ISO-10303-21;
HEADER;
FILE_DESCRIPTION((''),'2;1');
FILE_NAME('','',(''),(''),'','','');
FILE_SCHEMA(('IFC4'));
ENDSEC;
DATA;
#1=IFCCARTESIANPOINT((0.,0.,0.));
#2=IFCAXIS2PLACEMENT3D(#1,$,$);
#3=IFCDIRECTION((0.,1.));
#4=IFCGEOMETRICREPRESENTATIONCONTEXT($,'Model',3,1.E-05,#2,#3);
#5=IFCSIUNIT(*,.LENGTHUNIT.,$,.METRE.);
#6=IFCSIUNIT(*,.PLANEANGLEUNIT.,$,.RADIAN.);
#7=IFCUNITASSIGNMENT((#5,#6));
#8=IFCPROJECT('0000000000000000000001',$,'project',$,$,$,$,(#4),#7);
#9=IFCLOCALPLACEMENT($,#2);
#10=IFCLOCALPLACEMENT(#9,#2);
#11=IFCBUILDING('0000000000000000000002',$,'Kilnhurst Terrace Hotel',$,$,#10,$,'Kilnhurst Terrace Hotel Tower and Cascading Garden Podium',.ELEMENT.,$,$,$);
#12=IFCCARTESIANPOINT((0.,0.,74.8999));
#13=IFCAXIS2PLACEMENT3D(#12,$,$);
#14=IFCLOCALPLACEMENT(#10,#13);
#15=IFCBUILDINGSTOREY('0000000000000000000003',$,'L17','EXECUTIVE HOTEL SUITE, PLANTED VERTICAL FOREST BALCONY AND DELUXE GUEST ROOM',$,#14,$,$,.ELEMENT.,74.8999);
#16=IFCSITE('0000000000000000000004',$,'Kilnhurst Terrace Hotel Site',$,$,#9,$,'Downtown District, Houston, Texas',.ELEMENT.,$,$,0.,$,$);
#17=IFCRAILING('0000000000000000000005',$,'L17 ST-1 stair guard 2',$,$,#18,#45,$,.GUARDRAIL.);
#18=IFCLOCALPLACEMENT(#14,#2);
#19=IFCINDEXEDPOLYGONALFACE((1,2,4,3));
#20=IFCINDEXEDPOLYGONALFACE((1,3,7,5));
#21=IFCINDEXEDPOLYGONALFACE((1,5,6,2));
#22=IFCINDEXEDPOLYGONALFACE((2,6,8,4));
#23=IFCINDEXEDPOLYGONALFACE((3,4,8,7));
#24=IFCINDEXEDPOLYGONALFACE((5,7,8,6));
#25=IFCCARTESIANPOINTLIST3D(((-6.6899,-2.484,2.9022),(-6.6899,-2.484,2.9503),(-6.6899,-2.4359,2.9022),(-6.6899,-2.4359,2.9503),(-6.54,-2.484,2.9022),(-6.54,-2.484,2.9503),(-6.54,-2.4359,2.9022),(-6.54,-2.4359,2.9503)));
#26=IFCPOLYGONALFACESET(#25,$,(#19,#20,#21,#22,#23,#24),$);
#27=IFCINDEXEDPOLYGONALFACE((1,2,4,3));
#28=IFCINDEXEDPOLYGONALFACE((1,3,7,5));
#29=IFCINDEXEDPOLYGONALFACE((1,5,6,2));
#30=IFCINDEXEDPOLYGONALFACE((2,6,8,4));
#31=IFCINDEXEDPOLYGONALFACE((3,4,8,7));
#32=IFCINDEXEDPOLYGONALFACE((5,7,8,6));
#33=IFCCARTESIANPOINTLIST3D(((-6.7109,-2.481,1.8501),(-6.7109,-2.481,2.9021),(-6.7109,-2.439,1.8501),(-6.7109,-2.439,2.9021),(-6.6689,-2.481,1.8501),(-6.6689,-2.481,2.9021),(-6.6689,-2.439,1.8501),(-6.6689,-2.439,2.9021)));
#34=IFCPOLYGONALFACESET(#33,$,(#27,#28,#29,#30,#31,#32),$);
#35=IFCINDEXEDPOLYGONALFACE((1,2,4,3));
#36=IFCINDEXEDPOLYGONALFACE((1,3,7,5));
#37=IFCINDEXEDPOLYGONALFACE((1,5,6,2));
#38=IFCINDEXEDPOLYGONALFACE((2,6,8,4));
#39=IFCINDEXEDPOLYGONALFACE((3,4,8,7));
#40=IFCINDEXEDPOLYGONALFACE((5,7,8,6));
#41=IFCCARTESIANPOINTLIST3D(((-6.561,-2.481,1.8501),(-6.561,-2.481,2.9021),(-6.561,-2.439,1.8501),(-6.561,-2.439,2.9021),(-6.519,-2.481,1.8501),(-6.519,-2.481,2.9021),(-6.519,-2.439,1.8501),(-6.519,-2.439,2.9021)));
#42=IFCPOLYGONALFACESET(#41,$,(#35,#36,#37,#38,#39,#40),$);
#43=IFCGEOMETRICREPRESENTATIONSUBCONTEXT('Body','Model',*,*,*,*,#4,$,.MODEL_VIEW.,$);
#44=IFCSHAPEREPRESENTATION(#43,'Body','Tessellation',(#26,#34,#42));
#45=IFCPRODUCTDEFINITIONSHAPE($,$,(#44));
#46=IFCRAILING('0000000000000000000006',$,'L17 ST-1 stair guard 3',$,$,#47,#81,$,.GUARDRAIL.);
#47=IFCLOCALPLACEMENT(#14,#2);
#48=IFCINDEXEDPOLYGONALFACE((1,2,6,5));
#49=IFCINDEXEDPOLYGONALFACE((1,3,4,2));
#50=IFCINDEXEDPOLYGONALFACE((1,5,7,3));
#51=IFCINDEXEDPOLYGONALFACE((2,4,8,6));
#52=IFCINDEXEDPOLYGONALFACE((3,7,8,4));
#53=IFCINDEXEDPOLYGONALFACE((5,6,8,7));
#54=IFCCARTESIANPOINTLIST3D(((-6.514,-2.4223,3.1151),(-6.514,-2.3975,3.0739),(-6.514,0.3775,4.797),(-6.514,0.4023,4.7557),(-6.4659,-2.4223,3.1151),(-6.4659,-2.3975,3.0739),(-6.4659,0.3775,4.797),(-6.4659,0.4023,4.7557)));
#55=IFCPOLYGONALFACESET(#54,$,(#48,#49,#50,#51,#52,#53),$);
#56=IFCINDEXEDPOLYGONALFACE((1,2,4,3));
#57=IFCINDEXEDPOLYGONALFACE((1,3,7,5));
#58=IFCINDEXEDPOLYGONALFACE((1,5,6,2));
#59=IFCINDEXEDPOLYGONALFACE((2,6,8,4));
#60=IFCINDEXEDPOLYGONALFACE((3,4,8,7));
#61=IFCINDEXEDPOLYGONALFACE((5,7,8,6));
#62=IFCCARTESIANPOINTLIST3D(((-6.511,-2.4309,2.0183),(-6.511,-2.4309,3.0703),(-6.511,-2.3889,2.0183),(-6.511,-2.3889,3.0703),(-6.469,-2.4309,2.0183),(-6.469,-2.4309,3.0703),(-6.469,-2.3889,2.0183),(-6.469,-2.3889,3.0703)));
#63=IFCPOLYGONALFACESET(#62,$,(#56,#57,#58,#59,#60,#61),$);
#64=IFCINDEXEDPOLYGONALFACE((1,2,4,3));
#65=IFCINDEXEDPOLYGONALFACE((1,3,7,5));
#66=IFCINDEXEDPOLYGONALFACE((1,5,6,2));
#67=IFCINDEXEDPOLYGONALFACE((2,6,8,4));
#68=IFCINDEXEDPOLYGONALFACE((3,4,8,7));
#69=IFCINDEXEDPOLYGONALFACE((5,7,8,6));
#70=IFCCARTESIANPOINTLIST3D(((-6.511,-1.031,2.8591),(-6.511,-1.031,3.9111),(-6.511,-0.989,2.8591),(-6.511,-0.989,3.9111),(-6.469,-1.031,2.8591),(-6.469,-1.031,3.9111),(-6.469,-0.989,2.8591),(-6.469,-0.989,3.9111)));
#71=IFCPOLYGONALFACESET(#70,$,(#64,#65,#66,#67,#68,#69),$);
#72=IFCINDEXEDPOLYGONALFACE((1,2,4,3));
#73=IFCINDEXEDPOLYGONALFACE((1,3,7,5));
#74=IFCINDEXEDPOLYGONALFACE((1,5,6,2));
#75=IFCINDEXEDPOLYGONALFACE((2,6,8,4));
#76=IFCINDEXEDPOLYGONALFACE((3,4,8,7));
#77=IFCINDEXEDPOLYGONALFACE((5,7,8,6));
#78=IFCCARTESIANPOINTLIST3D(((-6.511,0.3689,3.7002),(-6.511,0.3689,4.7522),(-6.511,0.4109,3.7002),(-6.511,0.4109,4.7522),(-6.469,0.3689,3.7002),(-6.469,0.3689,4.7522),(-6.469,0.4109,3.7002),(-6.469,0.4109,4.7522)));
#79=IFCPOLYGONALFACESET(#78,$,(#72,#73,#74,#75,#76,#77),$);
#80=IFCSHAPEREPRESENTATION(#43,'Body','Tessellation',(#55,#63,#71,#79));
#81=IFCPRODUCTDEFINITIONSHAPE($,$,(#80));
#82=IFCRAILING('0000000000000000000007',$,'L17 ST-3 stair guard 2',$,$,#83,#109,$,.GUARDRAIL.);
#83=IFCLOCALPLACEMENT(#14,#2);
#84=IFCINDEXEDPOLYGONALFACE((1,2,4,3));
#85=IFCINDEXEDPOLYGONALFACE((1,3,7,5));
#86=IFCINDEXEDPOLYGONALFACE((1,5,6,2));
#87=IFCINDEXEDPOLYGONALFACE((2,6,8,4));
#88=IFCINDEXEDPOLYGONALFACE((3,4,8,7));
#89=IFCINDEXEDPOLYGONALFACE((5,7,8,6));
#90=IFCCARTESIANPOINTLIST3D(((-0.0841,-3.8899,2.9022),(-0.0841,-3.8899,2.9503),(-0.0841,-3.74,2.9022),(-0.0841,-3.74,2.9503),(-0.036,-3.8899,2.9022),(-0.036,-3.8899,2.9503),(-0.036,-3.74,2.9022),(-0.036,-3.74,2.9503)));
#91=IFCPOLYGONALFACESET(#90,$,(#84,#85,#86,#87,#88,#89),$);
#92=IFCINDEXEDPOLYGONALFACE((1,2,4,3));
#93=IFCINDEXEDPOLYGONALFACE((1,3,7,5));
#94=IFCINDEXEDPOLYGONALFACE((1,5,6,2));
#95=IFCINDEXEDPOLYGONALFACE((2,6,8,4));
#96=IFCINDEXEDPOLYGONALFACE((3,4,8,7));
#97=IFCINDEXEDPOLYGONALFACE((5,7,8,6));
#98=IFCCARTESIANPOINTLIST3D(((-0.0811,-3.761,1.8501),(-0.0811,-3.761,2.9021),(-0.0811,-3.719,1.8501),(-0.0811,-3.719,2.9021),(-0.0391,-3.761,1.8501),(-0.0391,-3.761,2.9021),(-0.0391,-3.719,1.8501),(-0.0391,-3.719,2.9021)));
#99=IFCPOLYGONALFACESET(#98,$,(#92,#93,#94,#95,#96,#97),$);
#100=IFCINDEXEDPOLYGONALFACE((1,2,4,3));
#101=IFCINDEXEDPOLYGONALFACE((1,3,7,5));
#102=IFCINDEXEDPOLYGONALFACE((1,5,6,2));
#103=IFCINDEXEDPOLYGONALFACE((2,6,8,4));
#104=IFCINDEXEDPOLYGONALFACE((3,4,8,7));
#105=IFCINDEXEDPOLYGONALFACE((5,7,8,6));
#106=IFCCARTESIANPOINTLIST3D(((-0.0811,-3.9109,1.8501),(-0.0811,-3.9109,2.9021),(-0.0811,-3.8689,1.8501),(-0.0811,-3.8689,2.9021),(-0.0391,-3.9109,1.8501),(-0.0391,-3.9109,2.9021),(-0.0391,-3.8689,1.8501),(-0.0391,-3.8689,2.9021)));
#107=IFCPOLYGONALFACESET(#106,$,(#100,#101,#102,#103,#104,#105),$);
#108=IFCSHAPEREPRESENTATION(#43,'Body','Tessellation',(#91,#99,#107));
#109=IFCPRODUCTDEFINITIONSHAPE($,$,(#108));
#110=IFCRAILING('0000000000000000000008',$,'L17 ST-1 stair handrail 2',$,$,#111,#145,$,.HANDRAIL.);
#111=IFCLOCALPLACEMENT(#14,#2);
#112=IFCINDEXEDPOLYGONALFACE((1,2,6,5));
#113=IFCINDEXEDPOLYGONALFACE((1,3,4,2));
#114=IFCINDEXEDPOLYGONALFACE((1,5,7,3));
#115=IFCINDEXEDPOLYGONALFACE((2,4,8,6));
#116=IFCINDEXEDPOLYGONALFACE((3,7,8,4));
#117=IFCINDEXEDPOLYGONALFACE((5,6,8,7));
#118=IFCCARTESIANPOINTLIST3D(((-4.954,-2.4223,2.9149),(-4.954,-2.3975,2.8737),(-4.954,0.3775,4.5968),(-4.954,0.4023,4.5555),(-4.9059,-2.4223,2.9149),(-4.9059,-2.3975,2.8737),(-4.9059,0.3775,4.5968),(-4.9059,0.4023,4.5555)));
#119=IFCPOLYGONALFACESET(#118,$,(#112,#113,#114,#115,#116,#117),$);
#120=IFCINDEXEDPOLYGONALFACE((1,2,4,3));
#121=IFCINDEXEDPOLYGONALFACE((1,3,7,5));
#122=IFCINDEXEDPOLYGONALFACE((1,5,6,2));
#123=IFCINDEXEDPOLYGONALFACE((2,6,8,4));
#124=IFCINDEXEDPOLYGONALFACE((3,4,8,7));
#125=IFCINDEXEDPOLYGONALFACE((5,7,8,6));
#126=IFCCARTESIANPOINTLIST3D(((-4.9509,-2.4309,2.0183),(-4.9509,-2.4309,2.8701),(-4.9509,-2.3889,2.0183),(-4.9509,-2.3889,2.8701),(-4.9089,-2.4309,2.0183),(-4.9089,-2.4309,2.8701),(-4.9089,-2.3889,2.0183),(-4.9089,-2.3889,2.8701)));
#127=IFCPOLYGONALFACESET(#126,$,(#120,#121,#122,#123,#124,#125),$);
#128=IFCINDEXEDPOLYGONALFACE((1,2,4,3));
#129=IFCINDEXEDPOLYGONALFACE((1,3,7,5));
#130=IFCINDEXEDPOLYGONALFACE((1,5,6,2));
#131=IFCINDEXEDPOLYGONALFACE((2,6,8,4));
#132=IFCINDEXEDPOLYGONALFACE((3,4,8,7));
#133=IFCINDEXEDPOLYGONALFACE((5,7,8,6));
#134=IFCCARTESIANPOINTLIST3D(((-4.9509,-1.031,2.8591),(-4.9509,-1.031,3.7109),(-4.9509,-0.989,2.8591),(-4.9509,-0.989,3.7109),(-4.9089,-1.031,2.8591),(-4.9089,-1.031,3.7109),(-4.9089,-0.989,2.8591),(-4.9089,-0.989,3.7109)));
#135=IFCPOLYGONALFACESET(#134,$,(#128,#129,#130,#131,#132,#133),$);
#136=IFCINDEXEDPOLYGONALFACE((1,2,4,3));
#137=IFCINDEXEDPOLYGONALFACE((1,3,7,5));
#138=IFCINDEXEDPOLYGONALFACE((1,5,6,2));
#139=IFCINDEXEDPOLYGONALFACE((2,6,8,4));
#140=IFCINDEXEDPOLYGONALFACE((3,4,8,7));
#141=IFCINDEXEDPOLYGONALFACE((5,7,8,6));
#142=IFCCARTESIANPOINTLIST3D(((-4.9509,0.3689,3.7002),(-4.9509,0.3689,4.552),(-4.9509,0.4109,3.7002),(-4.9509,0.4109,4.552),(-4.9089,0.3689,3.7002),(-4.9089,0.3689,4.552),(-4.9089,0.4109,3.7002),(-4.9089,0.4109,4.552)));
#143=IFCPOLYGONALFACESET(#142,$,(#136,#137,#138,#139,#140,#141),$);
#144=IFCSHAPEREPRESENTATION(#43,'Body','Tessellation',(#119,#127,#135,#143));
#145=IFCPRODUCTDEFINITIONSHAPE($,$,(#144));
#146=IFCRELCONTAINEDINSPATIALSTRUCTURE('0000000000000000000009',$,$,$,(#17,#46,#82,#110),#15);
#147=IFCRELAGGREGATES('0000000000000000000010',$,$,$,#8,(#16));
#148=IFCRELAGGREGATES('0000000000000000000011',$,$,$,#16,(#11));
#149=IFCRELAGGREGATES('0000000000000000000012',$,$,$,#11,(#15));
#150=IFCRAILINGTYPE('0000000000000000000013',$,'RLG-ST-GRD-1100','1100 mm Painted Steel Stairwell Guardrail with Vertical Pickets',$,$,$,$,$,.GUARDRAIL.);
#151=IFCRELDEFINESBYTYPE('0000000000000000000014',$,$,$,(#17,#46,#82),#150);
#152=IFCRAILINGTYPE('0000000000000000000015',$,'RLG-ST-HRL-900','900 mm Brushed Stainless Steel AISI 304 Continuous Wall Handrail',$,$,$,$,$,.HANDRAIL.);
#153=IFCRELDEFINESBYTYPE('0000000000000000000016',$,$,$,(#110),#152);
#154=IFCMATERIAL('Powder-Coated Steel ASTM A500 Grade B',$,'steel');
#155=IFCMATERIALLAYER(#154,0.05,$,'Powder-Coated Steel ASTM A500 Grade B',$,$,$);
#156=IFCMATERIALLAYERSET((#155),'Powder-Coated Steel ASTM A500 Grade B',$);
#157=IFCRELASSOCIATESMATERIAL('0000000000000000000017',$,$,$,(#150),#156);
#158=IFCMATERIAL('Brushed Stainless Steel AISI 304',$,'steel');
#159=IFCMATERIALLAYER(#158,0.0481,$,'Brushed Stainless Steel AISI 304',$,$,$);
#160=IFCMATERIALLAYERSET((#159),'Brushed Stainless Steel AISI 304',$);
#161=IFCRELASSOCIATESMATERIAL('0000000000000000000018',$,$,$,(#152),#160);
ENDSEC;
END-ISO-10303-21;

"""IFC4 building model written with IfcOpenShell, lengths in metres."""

from ifc_helpers import new_model, si_unit, direction, frame, origin, origin_2d, place, context, subcontext, project, spatial, rectangle, extrude, material, layer, layer_set, type_object, element, save


model = new_model("IFC4")

# Units and contexts
model_context = context("Model", 3, precision=1e-05, world=origin(), true_north=direction((0.0, 1.0)))
body_context = subcontext(model_context, "Body", "Model", "MODEL_VIEW")
ifc_project = project(units=[si_unit("LENGTHUNIT", "METRE"), si_unit("PLANEANGLEUNIT", "RADIAN")], contexts=[model_context])

# Site, building, storey
site_placement = place(None, origin())
site = spatial("IfcSite", under=ifc_project, at=site_placement, Name="Kilnhurst Terrace Hotel Site", LongName="Downtown District, Houston, Texas", CompositionType="ELEMENT", RefElevation=0.0)
building_placement = place(site_placement, origin())
building = spatial("IfcBuilding", under=site, at=building_placement, Name="Kilnhurst Terrace Hotel", LongName="Kilnhurst Terrace Hotel Tower and Cascading Garden Podium", CompositionType="ELEMENT")
storey_placement = place(building_placement, frame((0.0, 0.0, 74.8999)))
storey = spatial("IfcBuildingStorey", under=building, at=storey_placement, Name="L17", Description="EXECUTIVE HOTEL SUITE, PLANTED VERTICAL FOREST BALCONY AND DELUXE GUEST ROOM", CompositionType="ELEMENT", Elevation=74.8999)

# Railings
ifc_material_1 = material(Name="Powder-Coated Steel ASTM A500 Grade B", Category="steel")
ifc_layer_1 = layer(ifc_material_1, 0.05, Name="Powder-Coated Steel ASTM A500 Grade B")
ifc_layer_set_1 = layer_set([ifc_layer_1], Name="Powder-Coated Steel ASTM A500 Grade B")
railing_type_1 = type_object("IfcRailingType", Name="RLG-ST-GRD-1100", Description="1100 mm Painted Steel Stairwell Guardrail with Vertical Pickets", PredefinedType="GUARDRAIL", material=ifc_layer_set_1)
railing_1_placement = place(storey_placement, frame((-6.6899, -2.46, 1.8501)))
element("IfcRailing", 1, at=railing_1_placement, inside=storey, type_object=railing_type_1, Name="L17 ST-1 stair guard 2", PredefinedType="GUARDRAIL", context=body_context, shape_type="SweptSolid", body=[
    extrude(rectangle(XDim=0.0481, YDim=0.0481, at=origin_2d()), frame((0.0, 0.0, 1.0762), z_axis=(1.0, 0.0, 0.0), x_axis=(0.0, 1.0, 0.0)), (0.0, 0.0, 1.0), 0.1499),
    extrude(rectangle(XDim=0.042, YDim=0.042, at=origin_2d()), origin(), (0.0, 0.0, 1.0), 1.052),
    extrude(rectangle(XDim=0.042, YDim=0.042, at=origin_2d()), frame((0.1499, 0.0, 0.0)), (0.0, 0.0, 1.0), 1.052),
])
railing_2_placement = place(storey_placement, frame((-6.49, -2.4099, 2.0183)))
element("IfcRailing", 2, at=railing_2_placement, inside=storey, type_object=railing_type_1, Name="L17 ST-1 stair guard 3", PredefinedType="GUARDRAIL", context=body_context, shape_type="SweptSolid", body=[
    extrude(rectangle(XDim=0.0481, YDim=0.0481, at=origin_2d()), frame((0.0, 0.0, 1.0762), z_axis=(0.0, 0.857222, 0.514946), x_axis=(-1.0, 0.0, 0.0)), (0.0, 0.0, 1.0), 3.2661),
    extrude(rectangle(XDim=0.042, YDim=0.042, at=origin_2d()), origin(), (0.0, 0.0, 1.0), 1.052),
    extrude(rectangle(XDim=0.042, YDim=0.042, at=origin_2d()), frame((0.0, 1.3999, 0.8408)), (0.0, 0.0, 1.0), 1.052),
    extrude(rectangle(XDim=0.042, YDim=0.042, at=origin_2d()), frame((0.0, 2.7998, 1.6819)), (0.0, 0.0, 1.0), 1.052),
])
railing_3_placement = place(storey_placement, frame((-0.0601, -3.74, 1.8501)))
element("IfcRailing", 3, at=railing_3_placement, inside=storey, type_object=railing_type_1, Name="L17 ST-3 stair guard 2", PredefinedType="GUARDRAIL", context=body_context, shape_type="SweptSolid", body=[
    extrude(rectangle(XDim=0.0481, YDim=0.0481, at=origin_2d()), frame((0.0, 0.0, 1.0762), z_axis=(0.0, -1.0, 0.0), x_axis=(1.0, 0.0, 0.0)), (0.0, 0.0, 1.0), 0.1499),
    extrude(rectangle(XDim=0.042, YDim=0.042, at=origin_2d()), origin(), (0.0, 0.0, 1.0), 1.052),
    extrude(rectangle(XDim=0.042, YDim=0.042, at=origin_2d()), frame((0.0, -0.1499, 0.0)), (0.0, 0.0, 1.0), 1.052),
])
ifc_material_2 = material(Name="Brushed Stainless Steel AISI 304", Category="steel")
ifc_layer_2 = layer(ifc_material_2, 0.0481, Name="Brushed Stainless Steel AISI 304")
ifc_layer_set_2 = layer_set([ifc_layer_2], Name="Brushed Stainless Steel AISI 304")
railing_type_2 = type_object("IfcRailingType", Name="RLG-ST-HRL-900", Description="900 mm Brushed Stainless Steel AISI 304 Continuous Wall Handrail", PredefinedType="HANDRAIL", material=ifc_layer_set_2)
railing_4_placement = place(storey_placement, frame((-4.9299, -2.4099, 2.0183)))
element("IfcRailing", 4, at=railing_4_placement, inside=storey, type_object=railing_type_2, Name="L17 ST-1 stair handrail 2", PredefinedType="HANDRAIL", context=body_context, shape_type="SweptSolid", body=[
    extrude(rectangle(XDim=0.0481, YDim=0.0481, at=origin_2d()), frame((0.0, 0.0, 0.876), z_axis=(0.0, 0.857222, 0.514946), x_axis=(-1.0, 0.0, 0.0)), (0.0, 0.0, 1.0), 3.2661),
    extrude(rectangle(XDim=0.042, YDim=0.042, at=origin_2d()), origin(), (0.0, 0.0, 1.0), 0.8518),
    extrude(rectangle(XDim=0.042, YDim=0.042, at=origin_2d()), frame((0.0, 1.3999, 0.8408)), (0.0, 0.0, 1.0), 0.8518),
    extrude(rectangle(XDim=0.042, YDim=0.042, at=origin_2d()), frame((0.0, 2.7998, 1.6819)), (0.0, 0.0, 1.0), 0.8518),
])

save(model, "model.ifc")
